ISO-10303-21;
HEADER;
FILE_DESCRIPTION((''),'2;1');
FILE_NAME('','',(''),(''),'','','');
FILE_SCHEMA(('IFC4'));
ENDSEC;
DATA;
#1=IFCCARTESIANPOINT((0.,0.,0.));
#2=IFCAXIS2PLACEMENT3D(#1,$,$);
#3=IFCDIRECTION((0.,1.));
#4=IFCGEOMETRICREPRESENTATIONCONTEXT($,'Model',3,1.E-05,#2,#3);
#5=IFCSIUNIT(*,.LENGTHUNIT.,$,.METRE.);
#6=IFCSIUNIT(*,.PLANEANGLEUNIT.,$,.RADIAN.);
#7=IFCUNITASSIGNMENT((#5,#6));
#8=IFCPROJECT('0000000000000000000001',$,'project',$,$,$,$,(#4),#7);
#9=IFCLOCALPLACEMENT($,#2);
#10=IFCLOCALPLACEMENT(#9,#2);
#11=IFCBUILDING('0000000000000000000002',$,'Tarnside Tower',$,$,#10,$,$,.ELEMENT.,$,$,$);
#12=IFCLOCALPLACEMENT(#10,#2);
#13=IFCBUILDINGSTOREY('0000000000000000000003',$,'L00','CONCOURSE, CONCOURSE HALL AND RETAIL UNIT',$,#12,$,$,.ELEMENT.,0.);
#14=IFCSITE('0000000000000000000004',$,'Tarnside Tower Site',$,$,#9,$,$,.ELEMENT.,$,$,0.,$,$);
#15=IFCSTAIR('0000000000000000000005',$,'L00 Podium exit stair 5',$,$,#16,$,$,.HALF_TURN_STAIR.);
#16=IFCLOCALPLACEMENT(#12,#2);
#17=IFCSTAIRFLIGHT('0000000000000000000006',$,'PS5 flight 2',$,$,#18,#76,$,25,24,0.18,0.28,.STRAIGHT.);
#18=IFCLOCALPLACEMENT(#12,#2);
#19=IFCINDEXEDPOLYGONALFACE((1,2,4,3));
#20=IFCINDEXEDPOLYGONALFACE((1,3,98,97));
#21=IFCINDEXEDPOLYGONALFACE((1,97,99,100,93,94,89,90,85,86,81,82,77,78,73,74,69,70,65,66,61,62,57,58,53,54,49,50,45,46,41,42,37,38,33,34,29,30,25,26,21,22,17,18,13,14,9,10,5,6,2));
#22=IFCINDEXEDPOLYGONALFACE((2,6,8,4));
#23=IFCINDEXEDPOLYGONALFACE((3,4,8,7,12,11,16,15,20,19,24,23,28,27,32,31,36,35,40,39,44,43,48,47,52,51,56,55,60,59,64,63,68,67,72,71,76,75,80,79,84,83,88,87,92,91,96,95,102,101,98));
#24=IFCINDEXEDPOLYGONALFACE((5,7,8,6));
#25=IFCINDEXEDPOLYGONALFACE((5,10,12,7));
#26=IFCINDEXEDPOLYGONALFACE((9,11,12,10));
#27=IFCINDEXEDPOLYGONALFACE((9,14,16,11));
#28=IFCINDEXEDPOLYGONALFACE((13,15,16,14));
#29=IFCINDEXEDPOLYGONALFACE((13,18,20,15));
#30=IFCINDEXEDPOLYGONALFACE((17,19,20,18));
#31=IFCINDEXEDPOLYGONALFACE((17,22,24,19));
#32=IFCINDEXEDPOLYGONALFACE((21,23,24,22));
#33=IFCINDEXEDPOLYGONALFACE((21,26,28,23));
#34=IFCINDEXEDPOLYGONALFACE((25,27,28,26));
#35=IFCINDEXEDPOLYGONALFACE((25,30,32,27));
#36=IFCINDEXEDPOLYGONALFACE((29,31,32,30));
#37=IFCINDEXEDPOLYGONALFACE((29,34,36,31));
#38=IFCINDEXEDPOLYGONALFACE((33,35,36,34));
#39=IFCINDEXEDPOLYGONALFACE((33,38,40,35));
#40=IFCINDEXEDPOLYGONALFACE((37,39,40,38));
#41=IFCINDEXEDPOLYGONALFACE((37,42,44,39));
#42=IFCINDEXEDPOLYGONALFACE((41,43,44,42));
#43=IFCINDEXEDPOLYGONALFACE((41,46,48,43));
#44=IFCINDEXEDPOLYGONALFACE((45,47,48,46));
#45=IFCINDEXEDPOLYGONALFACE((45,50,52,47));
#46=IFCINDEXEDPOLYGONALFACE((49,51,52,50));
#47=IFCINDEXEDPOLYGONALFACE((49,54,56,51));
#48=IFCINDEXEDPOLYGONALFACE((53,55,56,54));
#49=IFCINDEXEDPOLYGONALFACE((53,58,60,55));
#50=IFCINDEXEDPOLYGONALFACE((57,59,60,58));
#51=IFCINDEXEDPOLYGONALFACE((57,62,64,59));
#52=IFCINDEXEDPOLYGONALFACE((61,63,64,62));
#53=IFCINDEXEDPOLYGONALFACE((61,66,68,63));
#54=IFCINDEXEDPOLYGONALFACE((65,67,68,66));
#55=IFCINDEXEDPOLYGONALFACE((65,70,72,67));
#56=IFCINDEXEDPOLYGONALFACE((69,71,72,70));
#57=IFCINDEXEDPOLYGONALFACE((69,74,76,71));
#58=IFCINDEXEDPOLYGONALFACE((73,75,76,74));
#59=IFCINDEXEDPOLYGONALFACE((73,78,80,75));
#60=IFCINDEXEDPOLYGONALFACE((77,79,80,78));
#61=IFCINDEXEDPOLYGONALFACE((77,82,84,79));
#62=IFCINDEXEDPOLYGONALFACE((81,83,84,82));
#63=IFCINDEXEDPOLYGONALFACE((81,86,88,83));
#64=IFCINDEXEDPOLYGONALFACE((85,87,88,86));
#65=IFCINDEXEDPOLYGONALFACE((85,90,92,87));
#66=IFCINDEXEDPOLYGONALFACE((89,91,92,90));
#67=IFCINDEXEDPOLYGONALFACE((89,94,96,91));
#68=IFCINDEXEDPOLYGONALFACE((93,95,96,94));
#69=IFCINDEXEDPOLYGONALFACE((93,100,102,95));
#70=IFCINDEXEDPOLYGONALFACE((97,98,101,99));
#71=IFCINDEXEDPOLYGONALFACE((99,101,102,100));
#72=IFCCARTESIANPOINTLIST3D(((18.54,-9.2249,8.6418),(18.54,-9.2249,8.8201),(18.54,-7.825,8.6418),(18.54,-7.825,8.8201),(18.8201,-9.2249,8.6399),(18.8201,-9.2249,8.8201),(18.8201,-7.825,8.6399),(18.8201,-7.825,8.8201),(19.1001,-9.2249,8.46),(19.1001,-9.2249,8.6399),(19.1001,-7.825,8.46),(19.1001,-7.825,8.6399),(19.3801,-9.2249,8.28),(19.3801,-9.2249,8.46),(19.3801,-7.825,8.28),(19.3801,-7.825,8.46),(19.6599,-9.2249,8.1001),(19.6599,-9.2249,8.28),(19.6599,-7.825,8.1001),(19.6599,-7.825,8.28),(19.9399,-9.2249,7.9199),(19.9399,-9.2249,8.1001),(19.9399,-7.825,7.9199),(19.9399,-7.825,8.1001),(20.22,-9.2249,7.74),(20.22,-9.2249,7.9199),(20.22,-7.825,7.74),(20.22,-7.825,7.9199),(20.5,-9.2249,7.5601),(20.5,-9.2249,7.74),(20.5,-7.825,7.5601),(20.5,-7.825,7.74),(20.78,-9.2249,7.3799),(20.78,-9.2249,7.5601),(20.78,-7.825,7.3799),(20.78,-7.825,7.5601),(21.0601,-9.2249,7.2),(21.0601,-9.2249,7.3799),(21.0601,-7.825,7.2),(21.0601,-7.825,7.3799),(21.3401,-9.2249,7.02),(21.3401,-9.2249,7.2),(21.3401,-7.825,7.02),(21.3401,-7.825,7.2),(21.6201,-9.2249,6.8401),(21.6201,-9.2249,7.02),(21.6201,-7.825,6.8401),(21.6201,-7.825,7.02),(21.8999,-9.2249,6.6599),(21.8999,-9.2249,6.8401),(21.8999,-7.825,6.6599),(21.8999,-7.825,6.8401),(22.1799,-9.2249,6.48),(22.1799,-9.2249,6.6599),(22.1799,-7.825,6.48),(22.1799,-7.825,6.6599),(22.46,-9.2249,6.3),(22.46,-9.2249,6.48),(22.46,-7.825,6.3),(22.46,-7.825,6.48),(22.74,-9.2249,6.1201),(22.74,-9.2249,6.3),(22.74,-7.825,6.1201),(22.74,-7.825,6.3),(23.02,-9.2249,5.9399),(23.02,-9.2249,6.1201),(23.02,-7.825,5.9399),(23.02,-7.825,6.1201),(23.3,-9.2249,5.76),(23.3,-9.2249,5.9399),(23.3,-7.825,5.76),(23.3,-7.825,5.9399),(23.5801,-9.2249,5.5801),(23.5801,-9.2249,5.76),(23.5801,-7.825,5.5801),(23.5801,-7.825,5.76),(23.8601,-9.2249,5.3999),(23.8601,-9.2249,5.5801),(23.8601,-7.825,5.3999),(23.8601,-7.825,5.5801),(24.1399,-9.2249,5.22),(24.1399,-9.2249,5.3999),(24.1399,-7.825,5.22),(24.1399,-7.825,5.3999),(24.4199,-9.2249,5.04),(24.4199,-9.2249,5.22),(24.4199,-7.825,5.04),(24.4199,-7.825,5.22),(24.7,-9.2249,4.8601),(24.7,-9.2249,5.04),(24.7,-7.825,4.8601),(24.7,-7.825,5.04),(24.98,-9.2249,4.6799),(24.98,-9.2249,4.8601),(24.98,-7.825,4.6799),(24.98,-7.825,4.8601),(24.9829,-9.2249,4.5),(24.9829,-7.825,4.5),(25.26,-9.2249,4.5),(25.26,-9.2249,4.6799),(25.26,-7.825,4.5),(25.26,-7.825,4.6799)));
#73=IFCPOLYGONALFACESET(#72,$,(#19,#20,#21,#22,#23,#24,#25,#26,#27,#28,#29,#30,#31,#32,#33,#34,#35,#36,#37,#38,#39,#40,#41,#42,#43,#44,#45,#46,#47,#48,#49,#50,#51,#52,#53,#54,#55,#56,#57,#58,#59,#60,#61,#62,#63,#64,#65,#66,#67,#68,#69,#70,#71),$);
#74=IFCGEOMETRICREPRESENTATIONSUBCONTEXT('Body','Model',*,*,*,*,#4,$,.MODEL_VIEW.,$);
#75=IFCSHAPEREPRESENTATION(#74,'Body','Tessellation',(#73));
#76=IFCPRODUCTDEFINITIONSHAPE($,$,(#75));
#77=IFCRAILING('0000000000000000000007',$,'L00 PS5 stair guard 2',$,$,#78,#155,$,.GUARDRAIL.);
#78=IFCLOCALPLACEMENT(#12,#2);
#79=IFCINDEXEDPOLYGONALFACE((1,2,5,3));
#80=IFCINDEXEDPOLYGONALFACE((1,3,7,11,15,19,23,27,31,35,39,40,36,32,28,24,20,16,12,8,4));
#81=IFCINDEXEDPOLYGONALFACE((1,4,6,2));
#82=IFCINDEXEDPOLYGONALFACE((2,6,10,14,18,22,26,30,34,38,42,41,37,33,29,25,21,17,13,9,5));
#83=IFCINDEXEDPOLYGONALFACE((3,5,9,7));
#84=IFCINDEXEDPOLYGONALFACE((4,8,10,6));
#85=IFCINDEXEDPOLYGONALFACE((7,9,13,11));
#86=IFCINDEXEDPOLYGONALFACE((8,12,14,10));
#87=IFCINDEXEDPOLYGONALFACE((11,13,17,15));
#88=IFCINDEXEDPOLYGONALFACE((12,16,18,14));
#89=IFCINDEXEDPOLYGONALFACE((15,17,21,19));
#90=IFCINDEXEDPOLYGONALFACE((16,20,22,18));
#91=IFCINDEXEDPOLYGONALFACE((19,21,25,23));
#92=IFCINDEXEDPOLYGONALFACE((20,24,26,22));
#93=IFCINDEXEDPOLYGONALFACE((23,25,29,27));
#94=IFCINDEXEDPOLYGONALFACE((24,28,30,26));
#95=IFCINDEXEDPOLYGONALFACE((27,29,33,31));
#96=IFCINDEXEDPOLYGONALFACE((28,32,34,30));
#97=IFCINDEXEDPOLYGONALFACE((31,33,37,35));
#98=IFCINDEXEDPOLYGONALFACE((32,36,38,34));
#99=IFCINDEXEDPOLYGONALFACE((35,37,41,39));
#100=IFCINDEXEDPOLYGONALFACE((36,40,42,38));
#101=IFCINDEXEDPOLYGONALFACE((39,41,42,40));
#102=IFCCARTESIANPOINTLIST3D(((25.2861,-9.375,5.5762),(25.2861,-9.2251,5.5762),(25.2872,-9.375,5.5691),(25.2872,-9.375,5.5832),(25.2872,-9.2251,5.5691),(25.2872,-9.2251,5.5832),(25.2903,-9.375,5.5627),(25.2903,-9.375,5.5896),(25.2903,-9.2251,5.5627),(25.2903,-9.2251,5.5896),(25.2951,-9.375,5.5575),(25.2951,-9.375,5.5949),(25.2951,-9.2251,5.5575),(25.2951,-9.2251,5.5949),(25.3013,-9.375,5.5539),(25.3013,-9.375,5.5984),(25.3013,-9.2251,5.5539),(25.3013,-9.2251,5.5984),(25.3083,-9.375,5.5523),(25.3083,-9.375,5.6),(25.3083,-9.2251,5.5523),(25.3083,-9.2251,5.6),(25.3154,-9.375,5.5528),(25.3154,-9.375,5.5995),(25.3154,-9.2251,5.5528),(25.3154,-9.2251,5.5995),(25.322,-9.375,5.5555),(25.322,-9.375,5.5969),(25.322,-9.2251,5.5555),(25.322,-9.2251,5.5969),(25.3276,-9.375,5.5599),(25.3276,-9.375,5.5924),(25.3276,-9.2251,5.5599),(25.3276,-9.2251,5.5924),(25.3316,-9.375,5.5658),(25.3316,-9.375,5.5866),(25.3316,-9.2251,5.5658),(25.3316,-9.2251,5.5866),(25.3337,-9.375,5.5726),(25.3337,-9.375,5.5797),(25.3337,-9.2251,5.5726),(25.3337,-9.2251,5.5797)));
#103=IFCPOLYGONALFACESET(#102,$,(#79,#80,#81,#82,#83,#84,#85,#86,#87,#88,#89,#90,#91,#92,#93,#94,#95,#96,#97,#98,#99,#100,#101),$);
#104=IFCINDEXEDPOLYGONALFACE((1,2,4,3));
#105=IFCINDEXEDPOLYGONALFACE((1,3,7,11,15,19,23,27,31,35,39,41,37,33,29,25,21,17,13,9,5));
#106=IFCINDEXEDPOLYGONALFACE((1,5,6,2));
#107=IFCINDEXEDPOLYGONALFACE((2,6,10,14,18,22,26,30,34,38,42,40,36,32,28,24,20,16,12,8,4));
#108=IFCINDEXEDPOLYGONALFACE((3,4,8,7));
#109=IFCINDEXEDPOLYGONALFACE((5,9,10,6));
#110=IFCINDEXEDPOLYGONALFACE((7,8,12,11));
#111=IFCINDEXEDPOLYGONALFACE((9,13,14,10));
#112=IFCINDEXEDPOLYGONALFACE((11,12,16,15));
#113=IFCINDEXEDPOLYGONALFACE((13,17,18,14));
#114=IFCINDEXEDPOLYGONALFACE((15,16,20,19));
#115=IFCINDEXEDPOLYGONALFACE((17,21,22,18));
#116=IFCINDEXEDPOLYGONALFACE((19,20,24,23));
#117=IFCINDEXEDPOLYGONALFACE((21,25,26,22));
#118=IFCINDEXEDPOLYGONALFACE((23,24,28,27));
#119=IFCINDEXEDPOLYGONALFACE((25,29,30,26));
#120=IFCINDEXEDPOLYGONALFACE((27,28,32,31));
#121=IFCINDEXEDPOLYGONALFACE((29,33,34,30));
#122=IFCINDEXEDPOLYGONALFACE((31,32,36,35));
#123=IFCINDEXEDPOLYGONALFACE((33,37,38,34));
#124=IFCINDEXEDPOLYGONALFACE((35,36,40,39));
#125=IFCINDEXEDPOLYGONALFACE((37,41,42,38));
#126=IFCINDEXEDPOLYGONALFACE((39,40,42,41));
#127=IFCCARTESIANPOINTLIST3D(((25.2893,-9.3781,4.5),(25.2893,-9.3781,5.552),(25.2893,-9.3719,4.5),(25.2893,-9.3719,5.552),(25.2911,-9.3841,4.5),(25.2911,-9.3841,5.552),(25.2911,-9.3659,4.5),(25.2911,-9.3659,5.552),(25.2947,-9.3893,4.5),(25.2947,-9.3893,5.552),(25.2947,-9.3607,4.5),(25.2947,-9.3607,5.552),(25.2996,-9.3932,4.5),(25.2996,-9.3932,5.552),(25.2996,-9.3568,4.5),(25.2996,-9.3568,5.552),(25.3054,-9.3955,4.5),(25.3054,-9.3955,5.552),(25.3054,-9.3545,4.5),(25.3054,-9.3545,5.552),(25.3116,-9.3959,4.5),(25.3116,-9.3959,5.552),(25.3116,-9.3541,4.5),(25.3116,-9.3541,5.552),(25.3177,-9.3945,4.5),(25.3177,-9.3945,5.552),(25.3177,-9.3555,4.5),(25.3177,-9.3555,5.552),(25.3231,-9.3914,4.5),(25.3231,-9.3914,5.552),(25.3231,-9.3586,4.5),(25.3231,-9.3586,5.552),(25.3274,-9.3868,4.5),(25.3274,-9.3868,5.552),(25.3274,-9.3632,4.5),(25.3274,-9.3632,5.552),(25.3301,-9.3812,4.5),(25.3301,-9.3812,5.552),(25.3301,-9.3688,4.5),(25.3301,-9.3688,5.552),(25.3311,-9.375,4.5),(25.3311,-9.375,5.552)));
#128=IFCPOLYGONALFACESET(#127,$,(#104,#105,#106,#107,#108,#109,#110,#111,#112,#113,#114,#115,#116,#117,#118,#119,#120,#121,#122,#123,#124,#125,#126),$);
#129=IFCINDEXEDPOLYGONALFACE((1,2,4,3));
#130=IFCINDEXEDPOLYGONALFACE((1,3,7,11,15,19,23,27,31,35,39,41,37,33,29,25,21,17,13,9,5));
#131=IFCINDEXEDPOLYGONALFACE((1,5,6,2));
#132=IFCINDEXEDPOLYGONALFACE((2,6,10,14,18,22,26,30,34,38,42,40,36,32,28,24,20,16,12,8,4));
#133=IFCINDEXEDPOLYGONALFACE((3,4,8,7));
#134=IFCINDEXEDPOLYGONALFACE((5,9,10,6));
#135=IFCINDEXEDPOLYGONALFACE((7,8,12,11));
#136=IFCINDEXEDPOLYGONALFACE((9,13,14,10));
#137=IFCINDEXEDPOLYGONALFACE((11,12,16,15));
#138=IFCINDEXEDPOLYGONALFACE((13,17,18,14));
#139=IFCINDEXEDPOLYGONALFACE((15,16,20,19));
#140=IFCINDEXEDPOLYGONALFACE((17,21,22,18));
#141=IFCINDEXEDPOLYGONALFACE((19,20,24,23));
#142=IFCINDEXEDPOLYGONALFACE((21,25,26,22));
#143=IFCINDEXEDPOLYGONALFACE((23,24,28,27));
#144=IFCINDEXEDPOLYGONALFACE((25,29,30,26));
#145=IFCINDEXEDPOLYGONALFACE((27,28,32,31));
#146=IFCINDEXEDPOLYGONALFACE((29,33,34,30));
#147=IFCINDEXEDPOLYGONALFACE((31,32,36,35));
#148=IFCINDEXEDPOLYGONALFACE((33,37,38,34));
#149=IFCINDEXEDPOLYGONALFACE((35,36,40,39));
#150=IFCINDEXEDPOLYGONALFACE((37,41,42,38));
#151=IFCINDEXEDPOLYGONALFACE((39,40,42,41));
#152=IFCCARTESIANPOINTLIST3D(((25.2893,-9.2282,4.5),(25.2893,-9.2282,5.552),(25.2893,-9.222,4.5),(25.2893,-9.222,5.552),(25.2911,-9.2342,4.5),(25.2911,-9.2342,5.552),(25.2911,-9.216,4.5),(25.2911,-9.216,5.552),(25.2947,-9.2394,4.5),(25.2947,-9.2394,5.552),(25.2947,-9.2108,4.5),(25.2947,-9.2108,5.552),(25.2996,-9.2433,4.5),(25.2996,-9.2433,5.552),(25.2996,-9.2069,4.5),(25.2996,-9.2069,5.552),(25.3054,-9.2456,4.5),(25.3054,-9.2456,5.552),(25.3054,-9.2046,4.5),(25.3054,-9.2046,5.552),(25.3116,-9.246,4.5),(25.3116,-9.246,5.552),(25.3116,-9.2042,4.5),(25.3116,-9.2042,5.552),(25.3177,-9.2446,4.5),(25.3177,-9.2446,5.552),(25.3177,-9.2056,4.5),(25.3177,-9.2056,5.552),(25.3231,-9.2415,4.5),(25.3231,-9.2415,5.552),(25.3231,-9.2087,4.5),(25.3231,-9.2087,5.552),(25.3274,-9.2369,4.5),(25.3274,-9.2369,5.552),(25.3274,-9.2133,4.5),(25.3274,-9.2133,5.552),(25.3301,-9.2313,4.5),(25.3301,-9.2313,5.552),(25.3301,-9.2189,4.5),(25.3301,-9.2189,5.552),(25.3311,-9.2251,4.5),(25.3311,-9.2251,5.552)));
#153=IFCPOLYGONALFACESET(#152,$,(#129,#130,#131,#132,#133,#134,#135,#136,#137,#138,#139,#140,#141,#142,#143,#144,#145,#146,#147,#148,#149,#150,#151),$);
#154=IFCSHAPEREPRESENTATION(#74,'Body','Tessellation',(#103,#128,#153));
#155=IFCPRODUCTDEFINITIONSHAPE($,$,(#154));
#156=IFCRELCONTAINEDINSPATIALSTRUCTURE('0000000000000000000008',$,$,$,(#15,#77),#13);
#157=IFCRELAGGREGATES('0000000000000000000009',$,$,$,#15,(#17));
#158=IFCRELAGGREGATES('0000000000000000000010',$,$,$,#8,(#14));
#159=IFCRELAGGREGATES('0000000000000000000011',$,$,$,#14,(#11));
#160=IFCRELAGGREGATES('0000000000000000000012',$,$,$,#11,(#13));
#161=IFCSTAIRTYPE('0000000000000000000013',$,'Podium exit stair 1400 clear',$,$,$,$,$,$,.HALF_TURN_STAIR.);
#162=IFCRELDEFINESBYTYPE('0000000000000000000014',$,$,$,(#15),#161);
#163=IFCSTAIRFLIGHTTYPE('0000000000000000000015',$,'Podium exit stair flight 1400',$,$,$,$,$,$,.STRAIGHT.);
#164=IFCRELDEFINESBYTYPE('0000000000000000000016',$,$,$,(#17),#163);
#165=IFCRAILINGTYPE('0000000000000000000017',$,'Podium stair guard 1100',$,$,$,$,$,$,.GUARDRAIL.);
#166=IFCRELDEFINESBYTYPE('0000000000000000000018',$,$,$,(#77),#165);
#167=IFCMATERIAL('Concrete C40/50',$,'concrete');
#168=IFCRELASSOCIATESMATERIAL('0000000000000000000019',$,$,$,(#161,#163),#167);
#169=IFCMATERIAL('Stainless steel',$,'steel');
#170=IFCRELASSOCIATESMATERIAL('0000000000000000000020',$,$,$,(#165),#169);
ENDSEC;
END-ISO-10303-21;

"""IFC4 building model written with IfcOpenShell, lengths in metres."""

from ifc_helpers import new_model, si_unit, direction, frame, origin, origin_2d, place, context, subcontext, project, spatial, polyline, circle, outline, extrude, material, type_object, element, aggregate, save


model = new_model("IFC4")

# Units and contexts
model_context = context("Model", 3, precision=1e-05, world=origin(), true_north=direction((0.0, 1.0)))
body_context = subcontext(model_context, "Body", "Model", "MODEL_VIEW")
ifc_project = project(units=[si_unit("LENGTHUNIT", "METRE"), si_unit("PLANEANGLEUNIT", "RADIAN")], contexts=[model_context])

# Site, building, storey
site_placement = place(None, origin())
site = spatial("IfcSite", under=ifc_project, at=site_placement, Name="Tarnside Tower Site", CompositionType="ELEMENT", RefElevation=0.0)
building_placement = place(site_placement, origin())
building = spatial("IfcBuilding", under=site, at=building_placement, Name="Tarnside Tower", CompositionType="ELEMENT")
storey_placement = place(building_placement, origin())
storey = spatial("IfcBuildingStorey", under=building, at=storey_placement, Name="L00", Description="CONCOURSE, CONCOURSE HALL AND RETAIL UNIT", CompositionType="ELEMENT", Elevation=0.0)

# Stair, stair flight
ifc_material_1 = material(Name="Concrete C40/50", Category="concrete")
stair_type = type_object("IfcStairType", Name="Podium exit stair 1400 clear", PredefinedType="HALF_TURN_STAIR", material=ifc_material_1)
stair_placement = place(storey_placement, origin())
stair = element("IfcStair", 1, at=stair_placement, inside=storey, type_object=stair_type, Name="L00 Podium exit stair 5", PredefinedType="HALF_TURN_STAIR")
stair_flight_type = type_object("IfcStairFlightType", Name="Podium exit stair flight 1400", PredefinedType="STRAIGHT", material=ifc_material_1)
stair_flight_placement = place(storey_placement, frame((25.26, -8.5249, 4.5), z_axis=(0.0, 0.0, 1.0), x_axis=(-1.0, 0.0, 0.0)))
stair_flight = element("IfcStairFlight", 2, at=stair_flight_placement, type_object=stair_flight_type, Name="PS5 flight 2", NumberOfRisers=25, NumberOfTreads=24, PredefinedType="STRAIGHT", RiserHeight=0.18, TreadLength=0.28, context=body_context, shape_type="SweptSolid", body=[
    extrude(outline(polyline([(0.0, 0.0), (0.0, 0.1799), (0.28, 0.1799), (0.28, 0.3601), (0.5601, 0.3601), (0.5601, 0.54), (0.8401, 0.54), (0.8401, 0.72), (1.1201, 0.72), (1.1201, 0.8999), (1.3999, 0.8999), (1.3999, 1.0801), (1.6799, 1.0801), (1.6799, 1.26), (1.96, 1.26), (1.96, 1.4399), (2.24, 1.4399), (2.24, 1.6201), (2.52, 1.6201), (2.52, 1.8), (2.8, 1.8), (2.8, 1.98), (3.0801, 1.98), (3.0801, 2.1599), (3.3601, 2.1599), (3.3601, 2.3401), (3.6399, 2.3401), (3.6399, 2.52), (3.9199, 2.52), (3.9199, 2.7), (4.2, 2.7), (4.2, 2.8799), (4.48, 2.8799), (4.48, 3.0601), (4.76, 3.0601), (4.76, 3.24), (5.04, 3.24), (5.04, 3.4199), (5.3201, 3.4199), (5.3201, 3.6001), (5.6001, 3.6001), (5.6001, 3.78), (5.8799, 3.78), (5.8799, 3.96), (6.1599, 3.96), (6.1599, 4.1399), (6.4399, 4.1399), (6.4399, 4.3201), (6.72, 4.3201), (6.72, 4.5), (6.72, 4.1418), (0.2771, 0.0), (0.0, 0.0)])), frame((0.0, 0.7, 0.0), z_axis=(0.0, -1.0, 0.0), x_axis=(1.0, 0.0, 0.0)), (0.0, 0.0, 1.0), 1.3999),
])
aggregate(stair, [stair_flight])

# Railing
ifc_material_2 = material(Name="Stainless steel", Category="steel")
railing_type_1 = type_object("IfcRailingType", Name="Podium stair guard 1100", PredefinedType="GUARDRAIL", material=ifc_material_2)
railing_1_placement = place(storey_placement, frame((25.3101, -9.375, 4.5)))
element("IfcRailing", 3, at=railing_1_placement, inside=storey, type_object=railing_type_1, Name="L00 PS5 stair guard 2", PredefinedType="GUARDRAIL", context=body_context, shape_type="SweptSolid", body=[
    extrude(circle(Radius=0.0239, at=origin_2d()), frame((0.0, 0.0, 1.0762), z_axis=(0.0, 1.0, 0.0), x_axis=(-1.0, 0.0, 0.0)), (0.0, 0.0, 1.0), 0.1499),
    extrude(circle(Radius=0.021, at=origin_2d()), origin(), (0.0, 0.0, 1.0), 1.052),
    extrude(circle(Radius=0.021, at=origin_2d()), frame((0.0, 0.1499, 0.0)), (0.0, 0.0, 1.0), 1.052),
])

save(model, "model.ifc")
